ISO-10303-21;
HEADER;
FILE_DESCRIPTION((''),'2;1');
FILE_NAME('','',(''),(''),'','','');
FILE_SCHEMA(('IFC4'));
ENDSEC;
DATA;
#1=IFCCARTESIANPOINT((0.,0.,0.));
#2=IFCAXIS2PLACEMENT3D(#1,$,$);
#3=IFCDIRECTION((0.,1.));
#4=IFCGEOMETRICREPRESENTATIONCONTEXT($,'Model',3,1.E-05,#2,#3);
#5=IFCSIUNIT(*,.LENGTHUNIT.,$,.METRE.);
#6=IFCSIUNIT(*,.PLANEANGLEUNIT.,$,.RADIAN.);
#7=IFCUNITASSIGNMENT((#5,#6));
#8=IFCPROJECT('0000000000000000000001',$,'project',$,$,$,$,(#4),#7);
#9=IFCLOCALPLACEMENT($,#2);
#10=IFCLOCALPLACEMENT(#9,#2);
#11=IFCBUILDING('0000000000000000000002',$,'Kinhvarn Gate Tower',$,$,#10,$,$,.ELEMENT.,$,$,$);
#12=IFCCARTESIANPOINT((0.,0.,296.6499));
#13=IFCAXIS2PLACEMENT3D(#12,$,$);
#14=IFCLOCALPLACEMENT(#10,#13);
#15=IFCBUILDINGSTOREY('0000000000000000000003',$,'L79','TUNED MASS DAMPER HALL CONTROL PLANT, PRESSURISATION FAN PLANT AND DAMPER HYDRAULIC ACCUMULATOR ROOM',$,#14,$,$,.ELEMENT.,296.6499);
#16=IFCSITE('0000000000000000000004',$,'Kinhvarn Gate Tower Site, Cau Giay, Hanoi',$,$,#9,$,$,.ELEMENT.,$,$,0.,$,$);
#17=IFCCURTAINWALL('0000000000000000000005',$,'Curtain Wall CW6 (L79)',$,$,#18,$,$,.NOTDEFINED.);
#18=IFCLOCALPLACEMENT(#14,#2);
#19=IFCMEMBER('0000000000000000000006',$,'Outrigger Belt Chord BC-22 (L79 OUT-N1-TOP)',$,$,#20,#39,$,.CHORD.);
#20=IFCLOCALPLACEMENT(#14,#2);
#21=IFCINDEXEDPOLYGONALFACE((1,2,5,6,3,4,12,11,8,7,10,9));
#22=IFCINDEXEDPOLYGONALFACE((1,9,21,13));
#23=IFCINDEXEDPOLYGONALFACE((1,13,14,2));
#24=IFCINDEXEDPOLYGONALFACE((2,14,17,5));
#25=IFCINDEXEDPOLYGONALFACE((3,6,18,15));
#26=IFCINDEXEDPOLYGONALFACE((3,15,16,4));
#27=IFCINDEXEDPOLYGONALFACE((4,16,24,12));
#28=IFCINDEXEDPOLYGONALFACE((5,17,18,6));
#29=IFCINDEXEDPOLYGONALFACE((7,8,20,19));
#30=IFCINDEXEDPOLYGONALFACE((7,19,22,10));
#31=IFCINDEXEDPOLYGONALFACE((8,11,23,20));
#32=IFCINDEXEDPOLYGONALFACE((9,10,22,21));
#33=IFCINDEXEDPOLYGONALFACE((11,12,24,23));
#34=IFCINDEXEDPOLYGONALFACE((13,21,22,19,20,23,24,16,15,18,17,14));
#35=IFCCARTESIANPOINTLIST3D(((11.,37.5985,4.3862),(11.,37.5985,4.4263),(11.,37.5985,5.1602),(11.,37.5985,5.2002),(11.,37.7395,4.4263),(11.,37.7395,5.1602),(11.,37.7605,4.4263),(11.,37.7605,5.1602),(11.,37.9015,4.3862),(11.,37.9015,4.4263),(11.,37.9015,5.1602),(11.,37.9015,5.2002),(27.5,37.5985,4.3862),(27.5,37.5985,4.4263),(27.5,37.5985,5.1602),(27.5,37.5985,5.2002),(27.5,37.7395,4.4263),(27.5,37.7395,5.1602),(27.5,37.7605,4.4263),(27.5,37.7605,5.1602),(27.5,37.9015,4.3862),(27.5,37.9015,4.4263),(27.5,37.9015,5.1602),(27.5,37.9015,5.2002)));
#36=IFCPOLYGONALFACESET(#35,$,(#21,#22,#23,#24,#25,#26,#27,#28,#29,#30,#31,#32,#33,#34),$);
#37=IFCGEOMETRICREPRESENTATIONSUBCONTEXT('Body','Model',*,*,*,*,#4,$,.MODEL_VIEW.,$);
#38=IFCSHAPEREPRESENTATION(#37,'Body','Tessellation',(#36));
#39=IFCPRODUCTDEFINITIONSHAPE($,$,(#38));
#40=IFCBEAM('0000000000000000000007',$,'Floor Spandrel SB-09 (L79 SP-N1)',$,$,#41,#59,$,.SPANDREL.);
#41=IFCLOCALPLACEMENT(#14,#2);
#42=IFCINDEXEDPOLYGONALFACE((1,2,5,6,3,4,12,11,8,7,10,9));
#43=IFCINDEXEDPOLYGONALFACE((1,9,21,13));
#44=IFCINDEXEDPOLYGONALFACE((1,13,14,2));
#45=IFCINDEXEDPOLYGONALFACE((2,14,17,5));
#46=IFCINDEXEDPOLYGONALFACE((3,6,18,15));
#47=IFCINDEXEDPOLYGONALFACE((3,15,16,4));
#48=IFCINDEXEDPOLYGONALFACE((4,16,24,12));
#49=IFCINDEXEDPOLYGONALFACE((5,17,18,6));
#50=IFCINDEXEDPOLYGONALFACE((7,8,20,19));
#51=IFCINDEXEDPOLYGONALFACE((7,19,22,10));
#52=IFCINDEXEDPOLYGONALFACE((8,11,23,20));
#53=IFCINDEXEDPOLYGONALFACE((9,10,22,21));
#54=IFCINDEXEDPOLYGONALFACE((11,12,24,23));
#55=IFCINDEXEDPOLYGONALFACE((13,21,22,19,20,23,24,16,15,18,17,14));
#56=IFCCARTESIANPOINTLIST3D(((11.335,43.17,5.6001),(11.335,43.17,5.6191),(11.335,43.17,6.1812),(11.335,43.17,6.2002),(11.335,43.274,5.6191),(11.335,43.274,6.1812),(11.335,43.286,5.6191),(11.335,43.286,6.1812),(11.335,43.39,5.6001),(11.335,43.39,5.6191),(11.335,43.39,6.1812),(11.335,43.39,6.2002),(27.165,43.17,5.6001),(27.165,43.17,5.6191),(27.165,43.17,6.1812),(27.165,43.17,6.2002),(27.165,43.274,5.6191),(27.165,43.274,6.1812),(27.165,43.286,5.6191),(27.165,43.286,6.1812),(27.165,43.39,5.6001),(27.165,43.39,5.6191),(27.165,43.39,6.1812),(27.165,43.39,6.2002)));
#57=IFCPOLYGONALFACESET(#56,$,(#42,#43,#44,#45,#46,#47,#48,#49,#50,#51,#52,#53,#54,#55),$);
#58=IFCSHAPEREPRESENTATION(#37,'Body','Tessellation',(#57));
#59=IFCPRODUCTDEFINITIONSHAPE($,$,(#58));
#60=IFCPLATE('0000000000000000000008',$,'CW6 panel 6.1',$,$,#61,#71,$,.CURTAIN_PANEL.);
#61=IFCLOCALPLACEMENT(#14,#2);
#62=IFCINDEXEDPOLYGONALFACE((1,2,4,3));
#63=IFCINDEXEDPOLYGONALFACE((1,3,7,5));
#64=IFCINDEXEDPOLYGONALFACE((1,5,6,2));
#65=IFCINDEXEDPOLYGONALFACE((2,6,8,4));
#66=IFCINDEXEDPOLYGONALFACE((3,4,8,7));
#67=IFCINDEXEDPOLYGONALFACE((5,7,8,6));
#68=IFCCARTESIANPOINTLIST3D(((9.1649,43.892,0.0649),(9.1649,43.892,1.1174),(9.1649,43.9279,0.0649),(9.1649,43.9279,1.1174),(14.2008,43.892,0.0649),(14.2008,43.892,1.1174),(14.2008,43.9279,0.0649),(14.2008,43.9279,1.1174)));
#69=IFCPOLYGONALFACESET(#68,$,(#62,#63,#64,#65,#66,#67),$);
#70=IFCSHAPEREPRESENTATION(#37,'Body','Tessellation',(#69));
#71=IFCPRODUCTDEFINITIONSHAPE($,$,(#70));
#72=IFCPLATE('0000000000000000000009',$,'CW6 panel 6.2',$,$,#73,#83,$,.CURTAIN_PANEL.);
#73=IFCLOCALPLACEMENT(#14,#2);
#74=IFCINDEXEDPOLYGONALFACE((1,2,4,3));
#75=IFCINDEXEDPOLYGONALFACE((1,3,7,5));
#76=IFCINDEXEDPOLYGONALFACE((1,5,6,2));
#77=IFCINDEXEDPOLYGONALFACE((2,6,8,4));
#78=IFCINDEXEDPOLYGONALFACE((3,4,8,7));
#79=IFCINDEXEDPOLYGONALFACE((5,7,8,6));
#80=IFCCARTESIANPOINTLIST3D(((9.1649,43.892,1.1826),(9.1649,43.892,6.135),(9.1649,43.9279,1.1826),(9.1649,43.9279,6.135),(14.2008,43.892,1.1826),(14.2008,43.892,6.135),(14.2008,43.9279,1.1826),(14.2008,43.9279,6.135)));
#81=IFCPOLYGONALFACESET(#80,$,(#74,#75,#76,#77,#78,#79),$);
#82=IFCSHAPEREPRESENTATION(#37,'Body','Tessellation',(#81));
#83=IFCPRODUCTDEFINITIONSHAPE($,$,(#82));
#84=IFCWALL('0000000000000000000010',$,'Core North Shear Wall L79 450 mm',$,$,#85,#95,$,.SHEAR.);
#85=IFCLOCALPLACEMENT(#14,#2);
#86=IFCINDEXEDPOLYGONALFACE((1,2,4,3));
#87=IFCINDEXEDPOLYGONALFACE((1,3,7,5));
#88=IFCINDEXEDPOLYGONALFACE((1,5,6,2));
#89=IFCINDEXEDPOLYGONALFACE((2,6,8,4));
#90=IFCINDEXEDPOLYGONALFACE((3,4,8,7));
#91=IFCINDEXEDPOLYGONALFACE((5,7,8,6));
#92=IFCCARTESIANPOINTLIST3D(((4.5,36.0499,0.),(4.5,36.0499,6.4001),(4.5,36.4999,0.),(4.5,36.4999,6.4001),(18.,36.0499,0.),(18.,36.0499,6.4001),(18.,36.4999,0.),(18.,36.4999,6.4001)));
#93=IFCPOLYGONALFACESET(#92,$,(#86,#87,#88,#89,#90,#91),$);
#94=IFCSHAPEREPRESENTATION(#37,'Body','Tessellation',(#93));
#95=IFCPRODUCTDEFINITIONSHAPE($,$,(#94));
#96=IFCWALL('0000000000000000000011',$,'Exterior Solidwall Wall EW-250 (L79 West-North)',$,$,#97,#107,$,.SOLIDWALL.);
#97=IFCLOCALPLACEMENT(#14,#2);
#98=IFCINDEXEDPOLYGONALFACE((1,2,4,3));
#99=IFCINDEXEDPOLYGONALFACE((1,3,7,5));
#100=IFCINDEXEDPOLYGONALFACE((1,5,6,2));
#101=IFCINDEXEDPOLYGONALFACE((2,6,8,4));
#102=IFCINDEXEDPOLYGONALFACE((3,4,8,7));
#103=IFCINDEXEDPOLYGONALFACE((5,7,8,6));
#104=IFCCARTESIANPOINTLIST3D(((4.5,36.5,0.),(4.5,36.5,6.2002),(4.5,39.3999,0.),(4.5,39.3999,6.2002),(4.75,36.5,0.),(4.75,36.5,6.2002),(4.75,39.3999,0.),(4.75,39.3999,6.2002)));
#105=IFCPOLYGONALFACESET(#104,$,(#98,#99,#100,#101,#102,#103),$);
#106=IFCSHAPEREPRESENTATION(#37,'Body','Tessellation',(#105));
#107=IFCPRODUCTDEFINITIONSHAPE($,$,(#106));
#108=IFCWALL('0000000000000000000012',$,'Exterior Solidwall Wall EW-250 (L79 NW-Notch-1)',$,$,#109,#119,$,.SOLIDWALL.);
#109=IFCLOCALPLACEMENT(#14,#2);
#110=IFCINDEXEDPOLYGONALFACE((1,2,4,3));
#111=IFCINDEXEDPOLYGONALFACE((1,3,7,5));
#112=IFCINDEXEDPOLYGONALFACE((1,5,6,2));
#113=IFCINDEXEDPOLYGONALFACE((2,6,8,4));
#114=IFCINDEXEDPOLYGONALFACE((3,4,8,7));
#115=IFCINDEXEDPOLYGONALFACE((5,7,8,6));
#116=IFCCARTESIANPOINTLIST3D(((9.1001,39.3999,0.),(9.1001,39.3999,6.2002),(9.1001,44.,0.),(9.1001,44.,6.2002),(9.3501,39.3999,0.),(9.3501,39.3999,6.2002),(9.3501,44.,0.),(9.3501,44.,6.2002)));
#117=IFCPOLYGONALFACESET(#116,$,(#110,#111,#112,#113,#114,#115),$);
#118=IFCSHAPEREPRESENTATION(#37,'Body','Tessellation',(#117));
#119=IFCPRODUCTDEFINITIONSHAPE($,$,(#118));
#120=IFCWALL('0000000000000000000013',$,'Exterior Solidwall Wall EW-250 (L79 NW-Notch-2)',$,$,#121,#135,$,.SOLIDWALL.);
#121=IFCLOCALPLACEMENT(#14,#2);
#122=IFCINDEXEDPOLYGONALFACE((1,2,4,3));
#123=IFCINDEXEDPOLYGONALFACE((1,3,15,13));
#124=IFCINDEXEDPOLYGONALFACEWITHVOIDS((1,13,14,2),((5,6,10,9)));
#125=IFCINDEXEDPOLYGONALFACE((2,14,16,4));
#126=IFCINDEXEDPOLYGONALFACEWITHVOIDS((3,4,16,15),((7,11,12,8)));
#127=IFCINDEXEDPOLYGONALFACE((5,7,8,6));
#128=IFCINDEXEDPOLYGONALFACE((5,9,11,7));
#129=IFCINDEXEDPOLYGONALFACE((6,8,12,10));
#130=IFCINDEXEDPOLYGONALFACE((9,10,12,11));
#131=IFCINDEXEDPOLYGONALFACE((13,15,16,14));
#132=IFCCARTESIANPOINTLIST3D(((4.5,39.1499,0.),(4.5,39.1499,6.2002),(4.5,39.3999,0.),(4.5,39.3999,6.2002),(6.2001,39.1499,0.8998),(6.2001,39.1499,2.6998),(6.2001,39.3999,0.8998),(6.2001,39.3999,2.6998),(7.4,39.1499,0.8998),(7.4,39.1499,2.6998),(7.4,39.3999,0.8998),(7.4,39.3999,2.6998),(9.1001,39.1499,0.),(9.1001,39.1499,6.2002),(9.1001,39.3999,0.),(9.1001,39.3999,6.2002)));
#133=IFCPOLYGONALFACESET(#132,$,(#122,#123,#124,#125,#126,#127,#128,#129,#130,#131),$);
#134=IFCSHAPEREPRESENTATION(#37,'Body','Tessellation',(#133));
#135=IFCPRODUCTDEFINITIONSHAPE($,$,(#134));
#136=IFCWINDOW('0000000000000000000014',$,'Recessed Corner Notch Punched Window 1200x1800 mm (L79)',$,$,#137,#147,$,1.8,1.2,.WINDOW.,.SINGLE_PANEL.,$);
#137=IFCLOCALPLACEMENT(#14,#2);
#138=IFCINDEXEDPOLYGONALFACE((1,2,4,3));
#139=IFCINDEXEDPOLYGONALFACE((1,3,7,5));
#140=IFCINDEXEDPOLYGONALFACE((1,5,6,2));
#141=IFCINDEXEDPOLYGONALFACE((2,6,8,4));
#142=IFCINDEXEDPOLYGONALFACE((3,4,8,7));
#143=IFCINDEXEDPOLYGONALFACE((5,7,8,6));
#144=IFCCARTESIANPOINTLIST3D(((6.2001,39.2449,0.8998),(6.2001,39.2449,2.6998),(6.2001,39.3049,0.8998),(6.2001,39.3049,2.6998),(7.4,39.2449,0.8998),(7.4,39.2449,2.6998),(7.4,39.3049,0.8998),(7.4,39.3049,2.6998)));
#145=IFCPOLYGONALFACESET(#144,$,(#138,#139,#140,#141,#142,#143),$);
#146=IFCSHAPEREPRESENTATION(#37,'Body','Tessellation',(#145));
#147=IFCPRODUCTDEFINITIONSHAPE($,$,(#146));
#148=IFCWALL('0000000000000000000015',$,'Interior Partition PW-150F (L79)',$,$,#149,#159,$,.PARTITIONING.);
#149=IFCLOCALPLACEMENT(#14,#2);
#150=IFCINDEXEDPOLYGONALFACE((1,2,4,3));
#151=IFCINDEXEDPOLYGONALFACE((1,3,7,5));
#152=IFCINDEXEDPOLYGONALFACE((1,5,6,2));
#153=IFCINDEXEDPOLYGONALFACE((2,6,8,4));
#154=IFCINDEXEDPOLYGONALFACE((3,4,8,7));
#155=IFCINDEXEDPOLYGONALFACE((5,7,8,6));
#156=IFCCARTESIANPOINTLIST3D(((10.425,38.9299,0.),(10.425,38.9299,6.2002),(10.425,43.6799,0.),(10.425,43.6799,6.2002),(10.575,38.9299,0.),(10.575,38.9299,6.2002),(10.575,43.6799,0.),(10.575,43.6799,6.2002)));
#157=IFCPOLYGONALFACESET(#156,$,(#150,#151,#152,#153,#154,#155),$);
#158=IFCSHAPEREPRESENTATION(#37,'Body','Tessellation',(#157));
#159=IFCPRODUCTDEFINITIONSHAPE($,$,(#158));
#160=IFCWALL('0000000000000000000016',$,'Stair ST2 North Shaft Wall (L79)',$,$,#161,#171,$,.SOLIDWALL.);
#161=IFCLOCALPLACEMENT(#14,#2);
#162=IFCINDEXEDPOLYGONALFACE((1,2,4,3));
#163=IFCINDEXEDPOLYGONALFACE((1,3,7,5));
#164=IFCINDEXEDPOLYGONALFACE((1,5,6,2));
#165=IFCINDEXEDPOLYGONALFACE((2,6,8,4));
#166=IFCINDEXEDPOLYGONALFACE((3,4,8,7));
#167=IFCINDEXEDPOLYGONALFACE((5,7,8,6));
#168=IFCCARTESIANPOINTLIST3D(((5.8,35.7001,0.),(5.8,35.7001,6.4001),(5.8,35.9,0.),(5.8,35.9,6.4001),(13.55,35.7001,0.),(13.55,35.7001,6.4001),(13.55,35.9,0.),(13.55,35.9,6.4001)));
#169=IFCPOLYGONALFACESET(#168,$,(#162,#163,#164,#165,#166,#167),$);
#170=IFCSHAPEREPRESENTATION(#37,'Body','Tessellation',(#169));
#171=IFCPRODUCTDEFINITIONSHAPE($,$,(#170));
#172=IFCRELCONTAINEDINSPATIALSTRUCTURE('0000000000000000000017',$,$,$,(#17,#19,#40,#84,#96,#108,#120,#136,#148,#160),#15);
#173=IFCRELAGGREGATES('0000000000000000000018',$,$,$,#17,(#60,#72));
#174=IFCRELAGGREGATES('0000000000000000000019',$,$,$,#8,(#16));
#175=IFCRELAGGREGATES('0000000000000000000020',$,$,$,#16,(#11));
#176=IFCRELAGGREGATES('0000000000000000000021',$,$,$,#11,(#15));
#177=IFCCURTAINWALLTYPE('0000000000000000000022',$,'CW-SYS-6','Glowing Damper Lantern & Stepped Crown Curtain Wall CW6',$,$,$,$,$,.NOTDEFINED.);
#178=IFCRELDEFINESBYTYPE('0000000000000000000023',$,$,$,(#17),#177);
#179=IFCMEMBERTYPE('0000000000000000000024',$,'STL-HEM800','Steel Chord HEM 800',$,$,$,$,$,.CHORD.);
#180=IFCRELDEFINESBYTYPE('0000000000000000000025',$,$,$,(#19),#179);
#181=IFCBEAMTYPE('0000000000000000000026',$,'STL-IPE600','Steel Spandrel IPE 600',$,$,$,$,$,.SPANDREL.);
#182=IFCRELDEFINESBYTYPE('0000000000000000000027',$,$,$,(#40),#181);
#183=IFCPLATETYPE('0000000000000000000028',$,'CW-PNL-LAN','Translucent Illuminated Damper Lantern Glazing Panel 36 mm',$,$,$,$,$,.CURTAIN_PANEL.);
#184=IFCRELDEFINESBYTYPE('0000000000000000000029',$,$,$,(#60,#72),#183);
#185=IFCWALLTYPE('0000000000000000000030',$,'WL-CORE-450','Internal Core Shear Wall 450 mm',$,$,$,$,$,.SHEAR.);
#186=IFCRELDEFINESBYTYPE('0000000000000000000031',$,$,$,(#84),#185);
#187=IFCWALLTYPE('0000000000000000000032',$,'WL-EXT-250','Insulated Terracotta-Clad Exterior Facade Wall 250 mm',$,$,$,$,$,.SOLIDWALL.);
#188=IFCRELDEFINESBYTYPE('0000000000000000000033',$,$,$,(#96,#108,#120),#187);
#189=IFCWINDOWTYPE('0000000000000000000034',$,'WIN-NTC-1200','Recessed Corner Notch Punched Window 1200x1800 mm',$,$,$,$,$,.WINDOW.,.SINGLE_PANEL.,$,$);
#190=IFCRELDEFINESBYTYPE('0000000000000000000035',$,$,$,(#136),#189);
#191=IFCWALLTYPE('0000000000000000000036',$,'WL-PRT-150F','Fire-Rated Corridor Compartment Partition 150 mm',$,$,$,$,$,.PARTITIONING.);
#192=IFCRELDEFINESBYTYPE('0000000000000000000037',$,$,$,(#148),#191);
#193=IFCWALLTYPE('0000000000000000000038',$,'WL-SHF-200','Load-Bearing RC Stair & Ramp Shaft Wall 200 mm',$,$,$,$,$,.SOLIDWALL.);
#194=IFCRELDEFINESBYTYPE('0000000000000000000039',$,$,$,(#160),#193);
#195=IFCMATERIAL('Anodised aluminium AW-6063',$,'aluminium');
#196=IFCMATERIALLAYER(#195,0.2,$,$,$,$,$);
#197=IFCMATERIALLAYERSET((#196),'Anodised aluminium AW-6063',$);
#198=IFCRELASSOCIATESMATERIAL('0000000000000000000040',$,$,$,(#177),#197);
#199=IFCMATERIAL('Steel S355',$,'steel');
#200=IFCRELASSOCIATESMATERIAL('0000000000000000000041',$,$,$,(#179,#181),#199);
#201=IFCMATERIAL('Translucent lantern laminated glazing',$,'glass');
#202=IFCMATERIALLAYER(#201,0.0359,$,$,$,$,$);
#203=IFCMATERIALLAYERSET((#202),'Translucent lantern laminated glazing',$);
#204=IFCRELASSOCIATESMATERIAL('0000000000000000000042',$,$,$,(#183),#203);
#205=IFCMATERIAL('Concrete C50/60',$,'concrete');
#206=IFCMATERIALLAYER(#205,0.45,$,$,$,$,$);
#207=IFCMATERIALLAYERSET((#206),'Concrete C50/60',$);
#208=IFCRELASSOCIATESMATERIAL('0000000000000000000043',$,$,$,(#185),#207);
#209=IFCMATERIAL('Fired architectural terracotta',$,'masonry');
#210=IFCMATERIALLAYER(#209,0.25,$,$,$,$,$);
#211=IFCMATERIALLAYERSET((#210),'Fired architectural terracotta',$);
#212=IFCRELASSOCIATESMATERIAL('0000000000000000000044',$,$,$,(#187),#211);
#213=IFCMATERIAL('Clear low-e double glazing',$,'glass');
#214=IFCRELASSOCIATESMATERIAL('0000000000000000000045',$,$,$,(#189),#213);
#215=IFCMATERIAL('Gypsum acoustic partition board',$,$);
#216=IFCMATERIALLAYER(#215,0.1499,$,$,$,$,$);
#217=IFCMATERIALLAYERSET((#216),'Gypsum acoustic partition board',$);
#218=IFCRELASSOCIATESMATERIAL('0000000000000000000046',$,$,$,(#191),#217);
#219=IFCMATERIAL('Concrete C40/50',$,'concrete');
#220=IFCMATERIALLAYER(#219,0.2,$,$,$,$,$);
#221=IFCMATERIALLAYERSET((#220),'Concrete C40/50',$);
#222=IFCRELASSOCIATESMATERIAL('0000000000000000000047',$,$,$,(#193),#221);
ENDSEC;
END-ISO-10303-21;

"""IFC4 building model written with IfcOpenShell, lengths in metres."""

from ifc_helpers import new_model, si_unit, direction, frame, frame_2d, origin, origin_2d, place, context, subcontext, project, spatial, rectangle, i_section, extrude, material, layer, layer_set, material_profile, profile_set, type_object, element, fill, aggregate, save


model = new_model("IFC4")

# Units and contexts
model_context = context("Model", 3, precision=1e-05, world=origin(), true_north=direction((0.0, 1.0)))
body_context = subcontext(model_context, "Body", "Model", "MODEL_VIEW")
ifc_project = project(units=[si_unit("LENGTHUNIT", "METRE"), si_unit("PLANEANGLEUNIT", "RADIAN")], contexts=[model_context])

# Site, building, storey
site_placement = place(None, origin())
site = spatial("IfcSite", under=ifc_project, at=site_placement, Name="Kinhvarn Gate Tower Site, Cau Giay, Hanoi", CompositionType="ELEMENT", RefElevation=0.0)
building_placement = place(site_placement, origin())
building = spatial("IfcBuilding", under=site, at=building_placement, Name="Kinhvarn Gate Tower", CompositionType="ELEMENT")
storey_placement = place(building_placement, frame((0.0, 0.0, 296.6499)))
storey = spatial("IfcBuildingStorey", under=building, at=storey_placement, Name="L79", Description="TUNED MASS DAMPER HALL CONTROL PLANT, PRESSURISATION FAN PLANT AND DAMPER HYDRAULIC ACCUMULATOR ROOM", CompositionType="ELEMENT", Elevation=296.6499)

# Shared definitions
ifc_material_1 = material(Name="Concrete C50/60", Category="concrete")

# Shared definitions
ifc_material_2 = material(Name="Steel S355", Category="steel")

# Curtain wall
ifc_material_3 = material(Name="Anodised aluminium AW-6063", Category="aluminium")
ifc_layer_1 = layer(ifc_material_3, 0.2)
ifc_layer_set_1 = layer_set([ifc_layer_1], Name="Anodised aluminium AW-6063")
curtain_wall_type = type_object("IfcCurtainWallType", Name="CW-SYS-6", Description="Glowing Damper Lantern & Stepped Crown Curtain Wall CW6", PredefinedType="NOTDEFINED", material=ifc_layer_set_1)
curtain_wall_placement = place(storey_placement, origin())
curtain_wall = element("IfcCurtainWall", 1, at=curtain_wall_placement, inside=storey, type_object=curtain_wall_type, Name="Curtain Wall CW6 (L79)", PredefinedType="NOTDEFINED")

# Member
ifc_material_profile_1 = material_profile(ifc_material_2, i_section(OverallWidth=0.303, OverallDepth=0.814, WebThickness=0.021, FlangeThickness=0.04, at=origin_2d()), Name="HEM 800")
ifc_profile_set_1 = profile_set([ifc_material_profile_1], Name="Steel S355")
member_type_1 = type_object("IfcMemberType", Name="STL-HEM800", Description="Steel Chord HEM 800", PredefinedType="CHORD", material=ifc_profile_set_1)
member_1_placement = place(storey_placement, frame((11.0, 37.75, 4.7932), z_axis=(1.0, 0.0, 0.0), x_axis=(0.0, 1.0, 0.0)))
element("IfcMember", 2, at=member_1_placement, inside=storey, type_object=member_type_1, Name="Outrigger Belt Chord BC-22 (L79 OUT-N1-TOP)", PredefinedType="CHORD", context=body_context, shape_type="SweptSolid", body=[
    extrude(i_section(OverallWidth=0.303, OverallDepth=0.814, WebThickness=0.021, FlangeThickness=0.04, at=origin_2d()), origin(), (0.0, 0.0, 1.0), 16.5),
])

# Beam
ifc_material_profile_2 = material_profile(ifc_material_2, i_section(OverallWidth=0.22, OverallDepth=0.6001, WebThickness=0.012, FlangeThickness=0.019, at=origin_2d()), Name="IPE 600")
ifc_profile_set_2 = profile_set([ifc_material_profile_2], Name="Steel S355")
beam_type_1 = type_object("IfcBeamType", Name="STL-IPE600", Description="Steel Spandrel IPE 600", PredefinedType="SPANDREL", material=ifc_profile_set_2)
beam_1_placement = place(storey_placement, frame((11.335, 43.28, 5.9001), z_axis=(1.0, 0.0, 0.0), x_axis=(0.0, 1.0, 0.0)))
element("IfcBeam", 3, at=beam_1_placement, inside=storey, type_object=beam_type_1, Name="Floor Spandrel SB-09 (L79 SP-N1)", PredefinedType="SPANDREL", context=body_context, shape_type="SweptSolid", body=[
    extrude(i_section(OverallWidth=0.22, OverallDepth=0.6001, WebThickness=0.012, FlangeThickness=0.019, at=origin_2d()), origin(), (0.0, 0.0, 1.0), 15.8301),
])

# Plates
ifc_material_4 = material(Name="Translucent lantern laminated glazing", Category="glass")
ifc_layer_2 = layer(ifc_material_4, 0.0359)
ifc_layer_set_2 = layer_set([ifc_layer_2], Name="Translucent lantern laminated glazing")
plate_type = type_object("IfcPlateType", Name="CW-PNL-LAN", Description="Translucent Illuminated Damper Lantern Glazing Panel 36 mm", PredefinedType="CURTAIN_PANEL", material=ifc_layer_set_2)
plate_1_placement = place(storey_placement, frame((11.6829, 43.9099, 0.0649), z_axis=(0.0, 0.0, 1.0), x_axis=(-1.0, 0.0, 0.0)))
plate_1 = element("IfcPlate", 4, at=plate_1_placement, type_object=plate_type, Name="CW6 panel 6.1", PredefinedType="CURTAIN_PANEL", context=body_context, shape_type="SweptSolid", body=[
    extrude(rectangle(XDim=5.0359, YDim=0.0359, at=origin_2d()), origin(), (0.0, 0.0, 1.0), 1.0525),
])
plate_2_placement = place(storey_placement, frame((11.6829, 43.9099, 1.1826), z_axis=(0.0, 0.0, 1.0), x_axis=(-1.0, 0.0, 0.0)))
plate_2 = element("IfcPlate", 5, at=plate_2_placement, type_object=plate_type, Name="CW6 panel 6.2", PredefinedType="CURTAIN_PANEL", context=body_context, shape_type="SweptSolid", body=[
    extrude(rectangle(XDim=5.0359, YDim=0.0359, at=origin_2d()), origin(), (0.0, 0.0, 1.0), 4.9524),
])
aggregate(curtain_wall, [plate_1, plate_2])

# Walls
ifc_layer_3 = layer(ifc_material_1, 0.45)
ifc_layer_set_3 = layer_set([ifc_layer_3], Name="Concrete C50/60")
wall_type_1 = type_object("IfcWallType", Name="WL-CORE-450", Description="Internal Core Shear Wall 450 mm", PredefinedType="SHEAR", material=ifc_layer_set_3)
wall_1_placement = place(storey_placement, frame((4.5, 36.2749, 0.0), z_axis=(0.0, 0.0, 1.0), x_axis=(1.0, 0.0, 0.0)))
element("IfcWall", 6, at=wall_1_placement, inside=storey, type_object=wall_type_1, Name="Core North Shear Wall L79 450 mm", PredefinedType="SHEAR", context=body_context, shape_type="SweptSolid", body=[
    extrude(rectangle(XDim=13.5, YDim=0.45, at=frame_2d((6.75, 0.0))), origin(), (0.0, 0.0, 1.0), 6.4001),
])
ifc_material_5 = material(Name="Fired architectural terracotta", Category="masonry")
ifc_layer_4 = layer(ifc_material_5, 0.25)
ifc_layer_set_4 = layer_set([ifc_layer_4], Name="Fired architectural terracotta")
wall_type_2 = type_object("IfcWallType", Name="WL-EXT-250", Description="Insulated Terracotta-Clad Exterior Facade Wall 250 mm", PredefinedType="SOLIDWALL", material=ifc_layer_set_4)
wall_2_placement = place(storey_placement, frame((4.625, 39.3999, 0.0), z_axis=(0.0, 0.0, 1.0), x_axis=(0.0, -1.0, 0.0)))
element("IfcWall", 7, at=wall_2_placement, inside=storey, type_object=wall_type_2, Name="Exterior Solidwall Wall EW-250 (L79 West-North)", PredefinedType="SOLIDWALL", context=body_context, shape_type="SweptSolid", body=[
    extrude(rectangle(XDim=2.8999, YDim=0.25, at=frame_2d((1.45, 0.0))), origin(), (0.0, 0.0, 1.0), 6.2002),
])
wall_3_placement = place(storey_placement, frame((9.2251, 44.0, 0.0), z_axis=(0.0, 0.0, 1.0), x_axis=(0.0, -1.0, 0.0)))
element("IfcWall", 8, at=wall_3_placement, inside=storey, type_object=wall_type_2, Name="Exterior Solidwall Wall EW-250 (L79 NW-Notch-1)", PredefinedType="SOLIDWALL", context=body_context, shape_type="SweptSolid", body=[
    extrude(rectangle(XDim=4.6001, YDim=0.25, at=frame_2d((2.3, 0.0))), origin(), (0.0, 0.0, 1.0), 6.2002),
])

# Wall, opening, window
wall_4_placement = place(storey_placement, frame((9.1001, 39.2749, 0.0), z_axis=(0.0, 0.0, 1.0), x_axis=(-1.0, 0.0, 0.0)))
wall_4 = element("IfcWall", 9, at=wall_4_placement, inside=storey, type_object=wall_type_2, Name="Exterior Solidwall Wall EW-250 (L79 NW-Notch-2)", PredefinedType="SOLIDWALL", context=body_context, shape_type="SweptSolid", body=[
    extrude(rectangle(XDim=4.6001, YDim=0.25, at=frame_2d((2.3, 0.0))), origin(), (0.0, 0.0, 1.0), 6.2002),
])
opening_placement = place(wall_4_placement, frame((1.7, 0.0, 0.8999)))
opening = element("IfcOpeningElement", 10, at=opening_placement, cuts=wall_4, PredefinedType="OPENING", context=body_context, shape_type="SweptSolid", body=[
    extrude(rectangle(XDim=1.2, YDim=1.8, at=frame_2d((0.6001, 0.8999))), frame((0.0, 0.135, 0.0), z_axis=(0.0, -1.0, 0.0), x_axis=(1.0, 0.0, 0.0)), (0.0, 0.0, 1.0), 0.27),
])
ifc_material_6 = material(Name="Clear low-e double glazing", Category="glass")
window_type = type_object("IfcWindowType", Name="WIN-NTC-1200", Description="Recessed Corner Notch Punched Window 1200x1800 mm", PartitioningType="SINGLE_PANEL", PredefinedType="WINDOW", material=ifc_material_6)
window_placement = place(opening_placement, origin())
window = element("IfcWindow", 11, at=window_placement, inside=storey, type_object=window_type, Name="Recessed Corner Notch Punched Window 1200x1800 mm (L79)", OverallHeight=1.8, OverallWidth=1.2, PartitioningType="SINGLE_PANEL", PredefinedType="WINDOW", context=body_context, shape_type="SweptSolid", body=[
    extrude(rectangle(XDim=1.2, YDim=1.8, at=frame_2d((0.6001, 0.8999))), frame((0.0, 0.03, 0.0), z_axis=(0.0, -1.0, 0.0), x_axis=(1.0, 0.0, 0.0)), (0.0, 0.0, 1.0), 0.0601),
])
fill(opening, window)

# Walls
ifc_material_7 = material(Name="Gypsum acoustic partition board")
ifc_layer_5 = layer(ifc_material_7, 0.1499)
ifc_layer_set_5 = layer_set([ifc_layer_5], Name="Gypsum acoustic partition board")
wall_type_3 = type_object("IfcWallType", Name="WL-PRT-150F", Description="Fire-Rated Corridor Compartment Partition 150 mm", PredefinedType="PARTITIONING", material=ifc_layer_set_5)
wall_5_placement = place(storey_placement, frame((10.5, 38.9299, 0.0), z_axis=(0.0, 0.0, 1.0), x_axis=(0.0, 1.0, 0.0)))
element("IfcWall", 12, at=wall_5_placement, inside=storey, type_object=wall_type_3, Name="Interior Partition PW-150F (L79)", PredefinedType="PARTITIONING", context=body_context, shape_type="SweptSolid", body=[
    extrude(rectangle(XDim=4.75, YDim=0.1499, at=frame_2d((2.375, 0.0))), origin(), (0.0, 0.0, 1.0), 6.2002),
])
ifc_material_8 = material(Name="Concrete C40/50", Category="concrete")
ifc_layer_6 = layer(ifc_material_8, 0.2)
ifc_layer_set_6 = layer_set([ifc_layer_6], Name="Concrete C40/50")
wall_type_4 = type_object("IfcWallType", Name="WL-SHF-200", Description="Load-Bearing RC Stair & Ramp Shaft Wall 200 mm", PredefinedType="SOLIDWALL", material=ifc_layer_set_6)
wall_6_placement = place(storey_placement, frame((5.8, 35.8, 0.0), z_axis=(0.0, 0.0, 1.0), x_axis=(1.0, 0.0, 0.0)))
element("IfcWall", 13, at=wall_6_placement, inside=storey, type_object=wall_type_4, Name="Stair ST2 North Shaft Wall (L79)", PredefinedType="SOLIDWALL", context=body_context, shape_type="SweptSolid", body=[
    extrude(rectangle(XDim=7.75, YDim=0.2, at=frame_2d((3.875, 0.0))), origin(), (0.0, 0.0, 1.0), 6.4001),
])

save(model, "model.ifc")
